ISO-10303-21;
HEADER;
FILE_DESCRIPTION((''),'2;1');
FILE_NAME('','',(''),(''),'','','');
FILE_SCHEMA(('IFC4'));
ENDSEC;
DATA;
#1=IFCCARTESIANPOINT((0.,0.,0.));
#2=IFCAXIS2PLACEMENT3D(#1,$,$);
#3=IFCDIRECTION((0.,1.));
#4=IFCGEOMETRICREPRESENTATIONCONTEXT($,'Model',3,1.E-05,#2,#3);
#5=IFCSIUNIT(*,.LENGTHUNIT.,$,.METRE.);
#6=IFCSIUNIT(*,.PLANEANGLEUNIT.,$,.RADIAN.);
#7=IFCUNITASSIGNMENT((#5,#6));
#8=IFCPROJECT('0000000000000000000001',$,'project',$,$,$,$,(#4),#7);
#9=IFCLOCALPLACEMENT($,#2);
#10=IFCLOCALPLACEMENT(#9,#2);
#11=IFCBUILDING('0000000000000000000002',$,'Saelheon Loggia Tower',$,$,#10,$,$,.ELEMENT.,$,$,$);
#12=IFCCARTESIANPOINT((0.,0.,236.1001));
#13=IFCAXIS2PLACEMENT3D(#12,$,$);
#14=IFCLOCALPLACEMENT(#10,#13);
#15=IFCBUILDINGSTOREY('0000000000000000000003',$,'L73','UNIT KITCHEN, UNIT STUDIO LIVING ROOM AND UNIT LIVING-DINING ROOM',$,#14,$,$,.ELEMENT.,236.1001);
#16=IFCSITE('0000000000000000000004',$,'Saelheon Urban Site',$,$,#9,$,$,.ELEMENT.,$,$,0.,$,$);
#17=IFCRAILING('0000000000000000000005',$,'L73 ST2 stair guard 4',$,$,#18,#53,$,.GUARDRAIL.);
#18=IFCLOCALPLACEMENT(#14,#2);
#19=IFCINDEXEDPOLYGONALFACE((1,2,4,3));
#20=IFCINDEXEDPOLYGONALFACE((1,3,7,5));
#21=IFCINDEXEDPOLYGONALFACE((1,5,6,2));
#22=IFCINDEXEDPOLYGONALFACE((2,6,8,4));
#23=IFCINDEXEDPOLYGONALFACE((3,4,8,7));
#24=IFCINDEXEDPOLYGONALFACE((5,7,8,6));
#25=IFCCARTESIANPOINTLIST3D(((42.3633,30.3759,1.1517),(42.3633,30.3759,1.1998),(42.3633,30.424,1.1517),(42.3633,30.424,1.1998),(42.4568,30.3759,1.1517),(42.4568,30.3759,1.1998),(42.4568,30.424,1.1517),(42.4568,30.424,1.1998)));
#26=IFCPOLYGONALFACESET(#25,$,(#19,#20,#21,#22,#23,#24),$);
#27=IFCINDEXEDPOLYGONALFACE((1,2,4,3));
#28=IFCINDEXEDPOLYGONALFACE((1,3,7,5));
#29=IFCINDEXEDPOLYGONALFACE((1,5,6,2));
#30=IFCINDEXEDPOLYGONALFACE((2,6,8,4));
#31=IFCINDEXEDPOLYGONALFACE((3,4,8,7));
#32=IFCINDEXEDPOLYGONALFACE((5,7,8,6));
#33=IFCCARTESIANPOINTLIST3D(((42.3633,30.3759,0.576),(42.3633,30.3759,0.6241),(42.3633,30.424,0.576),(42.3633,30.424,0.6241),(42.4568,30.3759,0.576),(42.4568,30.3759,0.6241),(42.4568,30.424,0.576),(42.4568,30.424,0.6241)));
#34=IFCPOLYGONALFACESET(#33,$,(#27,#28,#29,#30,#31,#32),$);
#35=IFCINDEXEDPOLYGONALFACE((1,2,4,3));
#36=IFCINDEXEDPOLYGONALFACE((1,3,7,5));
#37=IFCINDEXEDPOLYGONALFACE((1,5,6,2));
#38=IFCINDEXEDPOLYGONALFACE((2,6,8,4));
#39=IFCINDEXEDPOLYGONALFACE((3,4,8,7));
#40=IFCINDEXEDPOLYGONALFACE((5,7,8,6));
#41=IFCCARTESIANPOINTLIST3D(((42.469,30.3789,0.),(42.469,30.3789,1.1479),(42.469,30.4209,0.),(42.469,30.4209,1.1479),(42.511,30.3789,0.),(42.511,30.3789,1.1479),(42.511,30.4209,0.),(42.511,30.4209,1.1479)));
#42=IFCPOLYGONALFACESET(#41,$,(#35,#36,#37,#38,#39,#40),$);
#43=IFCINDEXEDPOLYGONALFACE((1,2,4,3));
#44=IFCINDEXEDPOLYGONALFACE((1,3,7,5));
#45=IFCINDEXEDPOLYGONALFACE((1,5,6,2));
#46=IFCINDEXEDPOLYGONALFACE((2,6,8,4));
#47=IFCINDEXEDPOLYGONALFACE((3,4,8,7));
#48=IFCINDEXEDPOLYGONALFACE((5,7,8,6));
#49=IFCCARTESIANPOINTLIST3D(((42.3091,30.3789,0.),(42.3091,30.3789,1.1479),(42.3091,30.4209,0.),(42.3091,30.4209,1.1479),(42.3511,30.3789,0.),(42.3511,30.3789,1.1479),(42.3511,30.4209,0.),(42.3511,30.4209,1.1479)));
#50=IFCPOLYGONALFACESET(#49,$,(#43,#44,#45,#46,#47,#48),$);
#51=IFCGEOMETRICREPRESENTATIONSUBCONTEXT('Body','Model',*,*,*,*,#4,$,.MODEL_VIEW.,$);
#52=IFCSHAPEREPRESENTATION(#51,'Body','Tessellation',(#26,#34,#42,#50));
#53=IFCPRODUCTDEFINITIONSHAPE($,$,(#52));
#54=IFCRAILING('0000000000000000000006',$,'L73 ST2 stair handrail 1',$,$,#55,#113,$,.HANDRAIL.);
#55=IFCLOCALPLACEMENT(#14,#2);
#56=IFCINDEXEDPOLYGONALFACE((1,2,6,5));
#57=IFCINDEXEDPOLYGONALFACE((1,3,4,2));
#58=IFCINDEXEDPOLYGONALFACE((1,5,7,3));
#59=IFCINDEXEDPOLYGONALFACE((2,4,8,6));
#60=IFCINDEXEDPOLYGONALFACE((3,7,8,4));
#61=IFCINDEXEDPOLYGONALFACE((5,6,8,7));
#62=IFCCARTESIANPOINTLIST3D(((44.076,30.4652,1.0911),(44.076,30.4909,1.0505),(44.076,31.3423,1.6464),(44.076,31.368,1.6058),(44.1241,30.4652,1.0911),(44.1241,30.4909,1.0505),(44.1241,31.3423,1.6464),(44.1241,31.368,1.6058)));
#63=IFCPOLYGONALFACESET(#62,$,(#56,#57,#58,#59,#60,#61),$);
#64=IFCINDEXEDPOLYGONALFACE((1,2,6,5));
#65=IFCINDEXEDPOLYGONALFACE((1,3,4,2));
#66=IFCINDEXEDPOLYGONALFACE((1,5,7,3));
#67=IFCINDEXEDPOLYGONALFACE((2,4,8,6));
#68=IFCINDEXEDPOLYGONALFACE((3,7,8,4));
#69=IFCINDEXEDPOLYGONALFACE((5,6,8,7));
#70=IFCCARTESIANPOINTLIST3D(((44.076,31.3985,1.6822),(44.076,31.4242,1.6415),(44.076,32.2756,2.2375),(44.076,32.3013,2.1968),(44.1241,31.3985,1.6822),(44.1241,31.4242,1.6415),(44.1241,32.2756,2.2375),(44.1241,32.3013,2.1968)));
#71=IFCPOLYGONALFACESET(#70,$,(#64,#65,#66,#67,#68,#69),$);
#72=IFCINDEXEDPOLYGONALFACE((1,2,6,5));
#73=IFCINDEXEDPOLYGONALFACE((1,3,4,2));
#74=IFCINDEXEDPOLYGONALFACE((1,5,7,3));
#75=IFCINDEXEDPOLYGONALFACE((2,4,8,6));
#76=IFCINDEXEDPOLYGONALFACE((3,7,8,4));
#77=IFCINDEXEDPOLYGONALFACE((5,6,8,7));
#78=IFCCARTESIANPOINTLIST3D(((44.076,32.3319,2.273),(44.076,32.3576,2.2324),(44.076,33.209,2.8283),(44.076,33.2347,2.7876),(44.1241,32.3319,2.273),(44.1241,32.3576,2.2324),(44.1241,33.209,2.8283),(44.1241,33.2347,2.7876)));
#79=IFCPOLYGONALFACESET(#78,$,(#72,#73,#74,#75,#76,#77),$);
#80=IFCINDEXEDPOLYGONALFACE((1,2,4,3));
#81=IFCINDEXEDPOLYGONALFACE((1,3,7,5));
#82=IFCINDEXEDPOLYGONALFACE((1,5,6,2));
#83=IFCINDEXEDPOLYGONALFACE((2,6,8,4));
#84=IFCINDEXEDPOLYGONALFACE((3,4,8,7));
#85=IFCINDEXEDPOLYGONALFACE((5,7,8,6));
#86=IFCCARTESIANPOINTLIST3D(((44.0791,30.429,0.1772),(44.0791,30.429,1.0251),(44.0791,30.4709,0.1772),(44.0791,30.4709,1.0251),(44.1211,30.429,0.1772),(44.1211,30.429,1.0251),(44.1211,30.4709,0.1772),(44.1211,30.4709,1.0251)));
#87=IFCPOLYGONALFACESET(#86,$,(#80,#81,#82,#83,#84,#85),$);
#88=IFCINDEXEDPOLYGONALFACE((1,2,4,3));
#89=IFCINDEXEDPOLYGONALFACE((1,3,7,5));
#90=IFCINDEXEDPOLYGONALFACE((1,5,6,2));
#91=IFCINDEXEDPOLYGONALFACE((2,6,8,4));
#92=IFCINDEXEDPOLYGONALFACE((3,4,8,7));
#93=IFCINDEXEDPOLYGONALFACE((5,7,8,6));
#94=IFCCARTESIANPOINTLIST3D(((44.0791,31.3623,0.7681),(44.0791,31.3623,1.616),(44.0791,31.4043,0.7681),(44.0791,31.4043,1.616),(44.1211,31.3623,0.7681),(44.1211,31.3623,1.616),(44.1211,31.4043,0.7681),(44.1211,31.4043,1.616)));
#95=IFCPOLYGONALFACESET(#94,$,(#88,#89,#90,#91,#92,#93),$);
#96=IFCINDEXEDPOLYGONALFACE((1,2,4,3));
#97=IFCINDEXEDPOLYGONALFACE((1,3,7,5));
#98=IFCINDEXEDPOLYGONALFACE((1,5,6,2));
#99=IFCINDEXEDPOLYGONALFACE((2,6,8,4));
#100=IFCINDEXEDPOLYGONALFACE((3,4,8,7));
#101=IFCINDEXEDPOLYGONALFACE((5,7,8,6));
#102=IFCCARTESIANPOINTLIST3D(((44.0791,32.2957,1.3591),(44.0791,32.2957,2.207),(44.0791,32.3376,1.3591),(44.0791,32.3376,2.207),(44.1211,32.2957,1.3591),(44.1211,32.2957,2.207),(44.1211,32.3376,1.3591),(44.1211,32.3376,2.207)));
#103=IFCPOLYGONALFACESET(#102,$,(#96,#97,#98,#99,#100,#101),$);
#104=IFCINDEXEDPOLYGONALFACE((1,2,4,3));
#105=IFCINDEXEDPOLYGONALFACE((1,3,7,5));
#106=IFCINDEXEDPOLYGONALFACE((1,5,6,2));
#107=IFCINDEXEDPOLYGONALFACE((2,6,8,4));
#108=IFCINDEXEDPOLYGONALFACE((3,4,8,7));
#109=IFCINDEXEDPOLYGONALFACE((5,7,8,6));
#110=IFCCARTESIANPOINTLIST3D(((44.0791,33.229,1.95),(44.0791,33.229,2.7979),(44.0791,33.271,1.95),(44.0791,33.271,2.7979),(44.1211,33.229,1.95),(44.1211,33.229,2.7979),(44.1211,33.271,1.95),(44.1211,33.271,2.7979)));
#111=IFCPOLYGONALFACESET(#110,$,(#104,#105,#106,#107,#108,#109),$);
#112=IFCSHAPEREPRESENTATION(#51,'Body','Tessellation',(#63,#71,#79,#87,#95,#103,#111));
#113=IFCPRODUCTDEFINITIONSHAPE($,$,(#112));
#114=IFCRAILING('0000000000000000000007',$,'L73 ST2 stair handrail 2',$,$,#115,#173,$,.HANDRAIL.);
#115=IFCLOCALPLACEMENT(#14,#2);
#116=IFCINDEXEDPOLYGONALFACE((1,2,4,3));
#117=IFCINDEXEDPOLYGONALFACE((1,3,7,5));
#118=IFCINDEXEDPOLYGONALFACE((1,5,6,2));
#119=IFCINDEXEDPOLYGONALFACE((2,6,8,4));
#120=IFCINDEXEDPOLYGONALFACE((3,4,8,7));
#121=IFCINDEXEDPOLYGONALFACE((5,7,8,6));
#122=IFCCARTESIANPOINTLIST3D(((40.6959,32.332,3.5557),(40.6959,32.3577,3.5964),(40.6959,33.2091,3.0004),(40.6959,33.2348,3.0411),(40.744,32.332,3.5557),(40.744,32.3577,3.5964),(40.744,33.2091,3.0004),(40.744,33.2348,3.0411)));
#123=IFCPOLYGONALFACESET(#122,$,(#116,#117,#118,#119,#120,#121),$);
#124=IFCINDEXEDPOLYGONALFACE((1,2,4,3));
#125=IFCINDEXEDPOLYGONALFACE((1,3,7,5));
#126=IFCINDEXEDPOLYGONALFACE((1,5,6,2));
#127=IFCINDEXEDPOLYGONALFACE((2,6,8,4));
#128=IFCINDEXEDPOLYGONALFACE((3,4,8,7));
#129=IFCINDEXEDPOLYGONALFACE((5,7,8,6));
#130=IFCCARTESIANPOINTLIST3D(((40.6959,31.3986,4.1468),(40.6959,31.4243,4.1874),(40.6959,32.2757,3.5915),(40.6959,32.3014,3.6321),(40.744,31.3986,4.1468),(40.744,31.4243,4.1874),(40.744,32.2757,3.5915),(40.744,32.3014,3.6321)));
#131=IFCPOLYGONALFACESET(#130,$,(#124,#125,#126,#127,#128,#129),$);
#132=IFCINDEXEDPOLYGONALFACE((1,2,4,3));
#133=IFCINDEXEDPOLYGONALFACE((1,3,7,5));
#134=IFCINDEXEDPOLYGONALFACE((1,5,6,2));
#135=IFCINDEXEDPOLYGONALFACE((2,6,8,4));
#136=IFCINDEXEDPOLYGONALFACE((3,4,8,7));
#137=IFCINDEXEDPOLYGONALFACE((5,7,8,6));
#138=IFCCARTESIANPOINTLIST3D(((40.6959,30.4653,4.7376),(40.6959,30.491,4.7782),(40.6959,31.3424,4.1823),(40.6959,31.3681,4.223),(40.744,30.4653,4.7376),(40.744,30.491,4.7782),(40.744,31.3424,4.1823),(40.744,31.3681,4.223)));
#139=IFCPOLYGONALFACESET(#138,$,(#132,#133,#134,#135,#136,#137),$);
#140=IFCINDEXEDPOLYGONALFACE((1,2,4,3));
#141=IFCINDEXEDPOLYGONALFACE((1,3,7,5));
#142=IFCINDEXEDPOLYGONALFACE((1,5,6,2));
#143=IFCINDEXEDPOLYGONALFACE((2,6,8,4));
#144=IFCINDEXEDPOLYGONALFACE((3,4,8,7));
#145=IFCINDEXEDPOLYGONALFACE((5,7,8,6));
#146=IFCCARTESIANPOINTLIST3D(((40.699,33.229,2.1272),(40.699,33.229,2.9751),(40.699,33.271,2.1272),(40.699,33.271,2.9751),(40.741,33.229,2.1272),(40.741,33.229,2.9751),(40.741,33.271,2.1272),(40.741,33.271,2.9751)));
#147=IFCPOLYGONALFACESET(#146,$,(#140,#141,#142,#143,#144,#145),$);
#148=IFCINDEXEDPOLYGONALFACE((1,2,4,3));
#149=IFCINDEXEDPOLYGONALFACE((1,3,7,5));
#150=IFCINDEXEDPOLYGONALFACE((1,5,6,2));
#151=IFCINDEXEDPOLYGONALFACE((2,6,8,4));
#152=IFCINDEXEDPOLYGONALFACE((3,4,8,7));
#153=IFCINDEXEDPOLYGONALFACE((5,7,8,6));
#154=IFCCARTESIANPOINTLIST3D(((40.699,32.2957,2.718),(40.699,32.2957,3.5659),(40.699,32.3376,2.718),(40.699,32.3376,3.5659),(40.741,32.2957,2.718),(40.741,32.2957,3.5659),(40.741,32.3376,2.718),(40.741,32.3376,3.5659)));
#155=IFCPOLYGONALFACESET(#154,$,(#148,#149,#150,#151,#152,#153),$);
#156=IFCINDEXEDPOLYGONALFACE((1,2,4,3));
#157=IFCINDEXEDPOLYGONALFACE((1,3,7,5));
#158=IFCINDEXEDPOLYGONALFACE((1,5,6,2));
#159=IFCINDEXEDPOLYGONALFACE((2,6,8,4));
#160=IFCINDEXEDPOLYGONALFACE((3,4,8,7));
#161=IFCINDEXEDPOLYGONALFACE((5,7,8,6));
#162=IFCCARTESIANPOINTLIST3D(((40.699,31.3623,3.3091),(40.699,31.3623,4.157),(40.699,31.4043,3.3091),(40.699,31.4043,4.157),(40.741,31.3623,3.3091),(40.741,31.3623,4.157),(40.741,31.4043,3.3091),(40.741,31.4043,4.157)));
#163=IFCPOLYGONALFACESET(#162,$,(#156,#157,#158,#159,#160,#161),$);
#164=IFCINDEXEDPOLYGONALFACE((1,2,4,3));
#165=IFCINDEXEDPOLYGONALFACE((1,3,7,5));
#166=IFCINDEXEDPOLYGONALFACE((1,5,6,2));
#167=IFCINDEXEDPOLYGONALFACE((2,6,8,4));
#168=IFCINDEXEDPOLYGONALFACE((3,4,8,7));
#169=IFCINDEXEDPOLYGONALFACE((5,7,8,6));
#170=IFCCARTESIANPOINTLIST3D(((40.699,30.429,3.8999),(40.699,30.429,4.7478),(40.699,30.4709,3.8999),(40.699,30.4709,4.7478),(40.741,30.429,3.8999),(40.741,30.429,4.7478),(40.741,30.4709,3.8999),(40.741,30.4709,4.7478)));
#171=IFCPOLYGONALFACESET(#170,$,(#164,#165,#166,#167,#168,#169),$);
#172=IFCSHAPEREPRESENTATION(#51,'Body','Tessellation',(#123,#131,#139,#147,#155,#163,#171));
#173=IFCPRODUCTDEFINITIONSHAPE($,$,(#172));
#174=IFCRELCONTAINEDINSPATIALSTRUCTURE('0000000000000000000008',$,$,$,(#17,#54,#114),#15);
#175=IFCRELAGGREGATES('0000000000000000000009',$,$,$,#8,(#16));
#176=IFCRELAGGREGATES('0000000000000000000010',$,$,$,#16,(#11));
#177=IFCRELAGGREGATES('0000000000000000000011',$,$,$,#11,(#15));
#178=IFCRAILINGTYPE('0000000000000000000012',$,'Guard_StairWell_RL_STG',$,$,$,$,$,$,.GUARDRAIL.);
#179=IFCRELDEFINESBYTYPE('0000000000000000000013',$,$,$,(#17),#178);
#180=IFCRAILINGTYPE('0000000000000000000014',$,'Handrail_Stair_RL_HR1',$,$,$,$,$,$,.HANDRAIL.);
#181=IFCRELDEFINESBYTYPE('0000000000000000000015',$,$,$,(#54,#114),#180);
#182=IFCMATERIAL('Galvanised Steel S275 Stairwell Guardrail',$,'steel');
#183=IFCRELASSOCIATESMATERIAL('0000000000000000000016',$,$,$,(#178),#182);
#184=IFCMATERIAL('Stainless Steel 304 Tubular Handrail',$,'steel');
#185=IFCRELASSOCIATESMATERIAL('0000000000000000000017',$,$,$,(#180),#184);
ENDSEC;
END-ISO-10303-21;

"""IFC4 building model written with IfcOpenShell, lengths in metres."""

from ifc_helpers import new_model, si_unit, direction, frame, origin, origin_2d, place, context, subcontext, project, spatial, rectangle, extrude, material, type_object, element, save


model = new_model("IFC4")

# Units and contexts
model_context = context("Model", 3, precision=1e-05, world=origin(), true_north=direction((0.0, 1.0)))
body_context = subcontext(model_context, "Body", "Model", "MODEL_VIEW")
ifc_project = project(units=[si_unit("LENGTHUNIT", "METRE"), si_unit("PLANEANGLEUNIT", "RADIAN")], contexts=[model_context])

# Site, building, storey
site_placement = place(None, origin())
site = spatial("IfcSite", under=ifc_project, at=site_placement, Name="Saelheon Urban Site", CompositionType="ELEMENT", RefElevation=0.0)
building_placement = place(site_placement, origin())
building = spatial("IfcBuilding", under=site, at=building_placement, Name="Saelheon Loggia Tower", CompositionType="ELEMENT")
storey_placement = place(building_placement, frame((0.0, 0.0, 236.1001)))
storey = spatial("IfcBuildingStorey", under=building, at=storey_placement, Name="L73", Description="UNIT KITCHEN, UNIT STUDIO LIVING ROOM AND UNIT LIVING-DINING ROOM", CompositionType="ELEMENT", Elevation=236.1001)

# Railings
ifc_material_1 = material(Name="Galvanised Steel S275 Stairwell Guardrail", Category="steel")
railing_type_1 = type_object("IfcRailingType", Name="Guard_StairWell_RL_STG", PredefinedType="GUARDRAIL", material=ifc_material_1)
railing_1_placement = place(storey_placement, frame((42.49, 30.3999, 0.0)))
element("IfcRailing", 1, at=railing_1_placement, inside=storey, type_object=railing_type_1, Name="L73 ST2 stair guard 4", PredefinedType="GUARDRAIL", context=body_context, shape_type="SweptSolid", body=[
    extrude(rectangle(XDim=0.0481, YDim=0.0481, at=origin_2d()), frame((-0.0332, 0.0, 1.1758), z_axis=(-1.0, 0.0, 0.0), x_axis=(0.0, -1.0, 0.0)), (0.0, 0.0, 1.0), 0.0935),
    extrude(rectangle(XDim=0.0481, YDim=0.0481, at=origin_2d()), frame((-0.0332, 0.0, 0.6001), z_axis=(-1.0, 0.0, 0.0), x_axis=(0.0, -1.0, 0.0)), (0.0, 0.0, 1.0), 0.0935),
    extrude(rectangle(XDim=0.042, YDim=0.042, at=origin_2d()), origin(), (0.0, 0.0, 1.0), 1.1479),
    extrude(rectangle(XDim=0.042, YDim=0.042, at=origin_2d()), frame((-0.1599, 0.0, 0.0)), (0.0, 0.0, 1.0), 1.1479),
])
ifc_material_2 = material(Name="Stainless Steel 304 Tubular Handrail", Category="steel")
railing_type_2 = type_object("IfcRailingType", Name="Handrail_Stair_RL_HR1", PredefinedType="HANDRAIL", material=ifc_material_2)
railing_2_placement = place(storey_placement, frame((44.1001, 30.45, 0.1772)))
element("IfcRailing", 2, at=railing_2_placement, inside=storey, type_object=railing_type_2, Name="L73 ST2 stair handrail 1", PredefinedType="HANDRAIL", context=body_context, shape_type="SweptSolid", body=[
    extrude(rectangle(XDim=0.0481, YDim=0.0481, at=origin_2d()), frame((0.0, 0.0281, 0.8936), z_axis=(0.0, 0.844909, 0.53491), x_axis=(-1.0, 0.0, 0.0)), (0.0, 0.0, 1.0), 1.0381),
    extrude(rectangle(XDim=0.0481, YDim=0.0481, at=origin_2d()), frame((0.0, 0.9614, 1.4846), z_axis=(0.0, 0.844909, 0.53491), x_axis=(-1.0, 0.0, 0.0)), (0.0, 0.0, 1.0), 1.0381),
    extrude(rectangle(XDim=0.0481, YDim=0.0481, at=origin_2d()), frame((0.0, 1.8948, 2.0754), z_axis=(0.0, 0.844909, 0.53491), x_axis=(-1.0, 0.0, 0.0)), (0.0, 0.0, 1.0), 1.0381),
    extrude(rectangle(XDim=0.042, YDim=0.042, at=origin_2d()), origin(), (0.0, 0.0, 1.0), 0.8479),
    extrude(rectangle(XDim=0.042, YDim=0.042, at=origin_2d()), frame((0.0, 0.9333, 0.5908)), (0.0, 0.0, 1.0), 0.8479),
    extrude(rectangle(XDim=0.042, YDim=0.042, at=origin_2d()), frame((0.0, 1.8667, 1.1819)), (0.0, 0.0, 1.0), 0.8479),
    extrude(rectangle(XDim=0.042, YDim=0.042, at=origin_2d()), frame((0.0, 2.8, 1.7727)), (0.0, 0.0, 1.0), 0.8479),
])
railing_3_placement = place(storey_placement, frame((40.72, 33.25, 2.1272)))
element("IfcRailing", 3, at=railing_3_placement, inside=storey, type_object=railing_type_2, Name="L73 ST2 stair handrail 2", PredefinedType="HANDRAIL", context=body_context, shape_type="SweptSolid", body=[
    extrude(rectangle(XDim=0.0481, YDim=0.0481, at=origin_2d()), frame((0.0, -0.0281, 0.8936), z_axis=(0.0, -0.844909, 0.53491), x_axis=(1.0, 0.0, 0.0)), (0.0, 0.0, 1.0), 1.0381),
    extrude(rectangle(XDim=0.0481, YDim=0.0481, at=origin_2d()), frame((0.0, -0.9614, 1.4846), z_axis=(0.0, -0.844909, 0.53491), x_axis=(1.0, 0.0, 0.0)), (0.0, 0.0, 1.0), 1.0381),
    extrude(rectangle(XDim=0.0481, YDim=0.0481, at=origin_2d()), frame((0.0, -1.8948, 2.0754), z_axis=(0.0, -0.844909, 0.53491), x_axis=(1.0, 0.0, 0.0)), (0.0, 0.0, 1.0), 1.0381),
    extrude(rectangle(XDim=0.042, YDim=0.042, at=origin_2d()), origin(), (0.0, 0.0, 1.0), 0.8479),
    extrude(rectangle(XDim=0.042, YDim=0.042, at=origin_2d()), frame((0.0, -0.9333, 0.5908)), (0.0, 0.0, 1.0), 0.8479),
    extrude(rectangle(XDim=0.042, YDim=0.042, at=origin_2d()), frame((0.0, -1.8667, 1.1819)), (0.0, 0.0, 1.0), 0.8479),
    extrude(rectangle(XDim=0.042, YDim=0.042, at=origin_2d()), frame((0.0, -2.8, 1.7727)), (0.0, 0.0, 1.0), 0.8479),
])

save(model, "model.ifc")
